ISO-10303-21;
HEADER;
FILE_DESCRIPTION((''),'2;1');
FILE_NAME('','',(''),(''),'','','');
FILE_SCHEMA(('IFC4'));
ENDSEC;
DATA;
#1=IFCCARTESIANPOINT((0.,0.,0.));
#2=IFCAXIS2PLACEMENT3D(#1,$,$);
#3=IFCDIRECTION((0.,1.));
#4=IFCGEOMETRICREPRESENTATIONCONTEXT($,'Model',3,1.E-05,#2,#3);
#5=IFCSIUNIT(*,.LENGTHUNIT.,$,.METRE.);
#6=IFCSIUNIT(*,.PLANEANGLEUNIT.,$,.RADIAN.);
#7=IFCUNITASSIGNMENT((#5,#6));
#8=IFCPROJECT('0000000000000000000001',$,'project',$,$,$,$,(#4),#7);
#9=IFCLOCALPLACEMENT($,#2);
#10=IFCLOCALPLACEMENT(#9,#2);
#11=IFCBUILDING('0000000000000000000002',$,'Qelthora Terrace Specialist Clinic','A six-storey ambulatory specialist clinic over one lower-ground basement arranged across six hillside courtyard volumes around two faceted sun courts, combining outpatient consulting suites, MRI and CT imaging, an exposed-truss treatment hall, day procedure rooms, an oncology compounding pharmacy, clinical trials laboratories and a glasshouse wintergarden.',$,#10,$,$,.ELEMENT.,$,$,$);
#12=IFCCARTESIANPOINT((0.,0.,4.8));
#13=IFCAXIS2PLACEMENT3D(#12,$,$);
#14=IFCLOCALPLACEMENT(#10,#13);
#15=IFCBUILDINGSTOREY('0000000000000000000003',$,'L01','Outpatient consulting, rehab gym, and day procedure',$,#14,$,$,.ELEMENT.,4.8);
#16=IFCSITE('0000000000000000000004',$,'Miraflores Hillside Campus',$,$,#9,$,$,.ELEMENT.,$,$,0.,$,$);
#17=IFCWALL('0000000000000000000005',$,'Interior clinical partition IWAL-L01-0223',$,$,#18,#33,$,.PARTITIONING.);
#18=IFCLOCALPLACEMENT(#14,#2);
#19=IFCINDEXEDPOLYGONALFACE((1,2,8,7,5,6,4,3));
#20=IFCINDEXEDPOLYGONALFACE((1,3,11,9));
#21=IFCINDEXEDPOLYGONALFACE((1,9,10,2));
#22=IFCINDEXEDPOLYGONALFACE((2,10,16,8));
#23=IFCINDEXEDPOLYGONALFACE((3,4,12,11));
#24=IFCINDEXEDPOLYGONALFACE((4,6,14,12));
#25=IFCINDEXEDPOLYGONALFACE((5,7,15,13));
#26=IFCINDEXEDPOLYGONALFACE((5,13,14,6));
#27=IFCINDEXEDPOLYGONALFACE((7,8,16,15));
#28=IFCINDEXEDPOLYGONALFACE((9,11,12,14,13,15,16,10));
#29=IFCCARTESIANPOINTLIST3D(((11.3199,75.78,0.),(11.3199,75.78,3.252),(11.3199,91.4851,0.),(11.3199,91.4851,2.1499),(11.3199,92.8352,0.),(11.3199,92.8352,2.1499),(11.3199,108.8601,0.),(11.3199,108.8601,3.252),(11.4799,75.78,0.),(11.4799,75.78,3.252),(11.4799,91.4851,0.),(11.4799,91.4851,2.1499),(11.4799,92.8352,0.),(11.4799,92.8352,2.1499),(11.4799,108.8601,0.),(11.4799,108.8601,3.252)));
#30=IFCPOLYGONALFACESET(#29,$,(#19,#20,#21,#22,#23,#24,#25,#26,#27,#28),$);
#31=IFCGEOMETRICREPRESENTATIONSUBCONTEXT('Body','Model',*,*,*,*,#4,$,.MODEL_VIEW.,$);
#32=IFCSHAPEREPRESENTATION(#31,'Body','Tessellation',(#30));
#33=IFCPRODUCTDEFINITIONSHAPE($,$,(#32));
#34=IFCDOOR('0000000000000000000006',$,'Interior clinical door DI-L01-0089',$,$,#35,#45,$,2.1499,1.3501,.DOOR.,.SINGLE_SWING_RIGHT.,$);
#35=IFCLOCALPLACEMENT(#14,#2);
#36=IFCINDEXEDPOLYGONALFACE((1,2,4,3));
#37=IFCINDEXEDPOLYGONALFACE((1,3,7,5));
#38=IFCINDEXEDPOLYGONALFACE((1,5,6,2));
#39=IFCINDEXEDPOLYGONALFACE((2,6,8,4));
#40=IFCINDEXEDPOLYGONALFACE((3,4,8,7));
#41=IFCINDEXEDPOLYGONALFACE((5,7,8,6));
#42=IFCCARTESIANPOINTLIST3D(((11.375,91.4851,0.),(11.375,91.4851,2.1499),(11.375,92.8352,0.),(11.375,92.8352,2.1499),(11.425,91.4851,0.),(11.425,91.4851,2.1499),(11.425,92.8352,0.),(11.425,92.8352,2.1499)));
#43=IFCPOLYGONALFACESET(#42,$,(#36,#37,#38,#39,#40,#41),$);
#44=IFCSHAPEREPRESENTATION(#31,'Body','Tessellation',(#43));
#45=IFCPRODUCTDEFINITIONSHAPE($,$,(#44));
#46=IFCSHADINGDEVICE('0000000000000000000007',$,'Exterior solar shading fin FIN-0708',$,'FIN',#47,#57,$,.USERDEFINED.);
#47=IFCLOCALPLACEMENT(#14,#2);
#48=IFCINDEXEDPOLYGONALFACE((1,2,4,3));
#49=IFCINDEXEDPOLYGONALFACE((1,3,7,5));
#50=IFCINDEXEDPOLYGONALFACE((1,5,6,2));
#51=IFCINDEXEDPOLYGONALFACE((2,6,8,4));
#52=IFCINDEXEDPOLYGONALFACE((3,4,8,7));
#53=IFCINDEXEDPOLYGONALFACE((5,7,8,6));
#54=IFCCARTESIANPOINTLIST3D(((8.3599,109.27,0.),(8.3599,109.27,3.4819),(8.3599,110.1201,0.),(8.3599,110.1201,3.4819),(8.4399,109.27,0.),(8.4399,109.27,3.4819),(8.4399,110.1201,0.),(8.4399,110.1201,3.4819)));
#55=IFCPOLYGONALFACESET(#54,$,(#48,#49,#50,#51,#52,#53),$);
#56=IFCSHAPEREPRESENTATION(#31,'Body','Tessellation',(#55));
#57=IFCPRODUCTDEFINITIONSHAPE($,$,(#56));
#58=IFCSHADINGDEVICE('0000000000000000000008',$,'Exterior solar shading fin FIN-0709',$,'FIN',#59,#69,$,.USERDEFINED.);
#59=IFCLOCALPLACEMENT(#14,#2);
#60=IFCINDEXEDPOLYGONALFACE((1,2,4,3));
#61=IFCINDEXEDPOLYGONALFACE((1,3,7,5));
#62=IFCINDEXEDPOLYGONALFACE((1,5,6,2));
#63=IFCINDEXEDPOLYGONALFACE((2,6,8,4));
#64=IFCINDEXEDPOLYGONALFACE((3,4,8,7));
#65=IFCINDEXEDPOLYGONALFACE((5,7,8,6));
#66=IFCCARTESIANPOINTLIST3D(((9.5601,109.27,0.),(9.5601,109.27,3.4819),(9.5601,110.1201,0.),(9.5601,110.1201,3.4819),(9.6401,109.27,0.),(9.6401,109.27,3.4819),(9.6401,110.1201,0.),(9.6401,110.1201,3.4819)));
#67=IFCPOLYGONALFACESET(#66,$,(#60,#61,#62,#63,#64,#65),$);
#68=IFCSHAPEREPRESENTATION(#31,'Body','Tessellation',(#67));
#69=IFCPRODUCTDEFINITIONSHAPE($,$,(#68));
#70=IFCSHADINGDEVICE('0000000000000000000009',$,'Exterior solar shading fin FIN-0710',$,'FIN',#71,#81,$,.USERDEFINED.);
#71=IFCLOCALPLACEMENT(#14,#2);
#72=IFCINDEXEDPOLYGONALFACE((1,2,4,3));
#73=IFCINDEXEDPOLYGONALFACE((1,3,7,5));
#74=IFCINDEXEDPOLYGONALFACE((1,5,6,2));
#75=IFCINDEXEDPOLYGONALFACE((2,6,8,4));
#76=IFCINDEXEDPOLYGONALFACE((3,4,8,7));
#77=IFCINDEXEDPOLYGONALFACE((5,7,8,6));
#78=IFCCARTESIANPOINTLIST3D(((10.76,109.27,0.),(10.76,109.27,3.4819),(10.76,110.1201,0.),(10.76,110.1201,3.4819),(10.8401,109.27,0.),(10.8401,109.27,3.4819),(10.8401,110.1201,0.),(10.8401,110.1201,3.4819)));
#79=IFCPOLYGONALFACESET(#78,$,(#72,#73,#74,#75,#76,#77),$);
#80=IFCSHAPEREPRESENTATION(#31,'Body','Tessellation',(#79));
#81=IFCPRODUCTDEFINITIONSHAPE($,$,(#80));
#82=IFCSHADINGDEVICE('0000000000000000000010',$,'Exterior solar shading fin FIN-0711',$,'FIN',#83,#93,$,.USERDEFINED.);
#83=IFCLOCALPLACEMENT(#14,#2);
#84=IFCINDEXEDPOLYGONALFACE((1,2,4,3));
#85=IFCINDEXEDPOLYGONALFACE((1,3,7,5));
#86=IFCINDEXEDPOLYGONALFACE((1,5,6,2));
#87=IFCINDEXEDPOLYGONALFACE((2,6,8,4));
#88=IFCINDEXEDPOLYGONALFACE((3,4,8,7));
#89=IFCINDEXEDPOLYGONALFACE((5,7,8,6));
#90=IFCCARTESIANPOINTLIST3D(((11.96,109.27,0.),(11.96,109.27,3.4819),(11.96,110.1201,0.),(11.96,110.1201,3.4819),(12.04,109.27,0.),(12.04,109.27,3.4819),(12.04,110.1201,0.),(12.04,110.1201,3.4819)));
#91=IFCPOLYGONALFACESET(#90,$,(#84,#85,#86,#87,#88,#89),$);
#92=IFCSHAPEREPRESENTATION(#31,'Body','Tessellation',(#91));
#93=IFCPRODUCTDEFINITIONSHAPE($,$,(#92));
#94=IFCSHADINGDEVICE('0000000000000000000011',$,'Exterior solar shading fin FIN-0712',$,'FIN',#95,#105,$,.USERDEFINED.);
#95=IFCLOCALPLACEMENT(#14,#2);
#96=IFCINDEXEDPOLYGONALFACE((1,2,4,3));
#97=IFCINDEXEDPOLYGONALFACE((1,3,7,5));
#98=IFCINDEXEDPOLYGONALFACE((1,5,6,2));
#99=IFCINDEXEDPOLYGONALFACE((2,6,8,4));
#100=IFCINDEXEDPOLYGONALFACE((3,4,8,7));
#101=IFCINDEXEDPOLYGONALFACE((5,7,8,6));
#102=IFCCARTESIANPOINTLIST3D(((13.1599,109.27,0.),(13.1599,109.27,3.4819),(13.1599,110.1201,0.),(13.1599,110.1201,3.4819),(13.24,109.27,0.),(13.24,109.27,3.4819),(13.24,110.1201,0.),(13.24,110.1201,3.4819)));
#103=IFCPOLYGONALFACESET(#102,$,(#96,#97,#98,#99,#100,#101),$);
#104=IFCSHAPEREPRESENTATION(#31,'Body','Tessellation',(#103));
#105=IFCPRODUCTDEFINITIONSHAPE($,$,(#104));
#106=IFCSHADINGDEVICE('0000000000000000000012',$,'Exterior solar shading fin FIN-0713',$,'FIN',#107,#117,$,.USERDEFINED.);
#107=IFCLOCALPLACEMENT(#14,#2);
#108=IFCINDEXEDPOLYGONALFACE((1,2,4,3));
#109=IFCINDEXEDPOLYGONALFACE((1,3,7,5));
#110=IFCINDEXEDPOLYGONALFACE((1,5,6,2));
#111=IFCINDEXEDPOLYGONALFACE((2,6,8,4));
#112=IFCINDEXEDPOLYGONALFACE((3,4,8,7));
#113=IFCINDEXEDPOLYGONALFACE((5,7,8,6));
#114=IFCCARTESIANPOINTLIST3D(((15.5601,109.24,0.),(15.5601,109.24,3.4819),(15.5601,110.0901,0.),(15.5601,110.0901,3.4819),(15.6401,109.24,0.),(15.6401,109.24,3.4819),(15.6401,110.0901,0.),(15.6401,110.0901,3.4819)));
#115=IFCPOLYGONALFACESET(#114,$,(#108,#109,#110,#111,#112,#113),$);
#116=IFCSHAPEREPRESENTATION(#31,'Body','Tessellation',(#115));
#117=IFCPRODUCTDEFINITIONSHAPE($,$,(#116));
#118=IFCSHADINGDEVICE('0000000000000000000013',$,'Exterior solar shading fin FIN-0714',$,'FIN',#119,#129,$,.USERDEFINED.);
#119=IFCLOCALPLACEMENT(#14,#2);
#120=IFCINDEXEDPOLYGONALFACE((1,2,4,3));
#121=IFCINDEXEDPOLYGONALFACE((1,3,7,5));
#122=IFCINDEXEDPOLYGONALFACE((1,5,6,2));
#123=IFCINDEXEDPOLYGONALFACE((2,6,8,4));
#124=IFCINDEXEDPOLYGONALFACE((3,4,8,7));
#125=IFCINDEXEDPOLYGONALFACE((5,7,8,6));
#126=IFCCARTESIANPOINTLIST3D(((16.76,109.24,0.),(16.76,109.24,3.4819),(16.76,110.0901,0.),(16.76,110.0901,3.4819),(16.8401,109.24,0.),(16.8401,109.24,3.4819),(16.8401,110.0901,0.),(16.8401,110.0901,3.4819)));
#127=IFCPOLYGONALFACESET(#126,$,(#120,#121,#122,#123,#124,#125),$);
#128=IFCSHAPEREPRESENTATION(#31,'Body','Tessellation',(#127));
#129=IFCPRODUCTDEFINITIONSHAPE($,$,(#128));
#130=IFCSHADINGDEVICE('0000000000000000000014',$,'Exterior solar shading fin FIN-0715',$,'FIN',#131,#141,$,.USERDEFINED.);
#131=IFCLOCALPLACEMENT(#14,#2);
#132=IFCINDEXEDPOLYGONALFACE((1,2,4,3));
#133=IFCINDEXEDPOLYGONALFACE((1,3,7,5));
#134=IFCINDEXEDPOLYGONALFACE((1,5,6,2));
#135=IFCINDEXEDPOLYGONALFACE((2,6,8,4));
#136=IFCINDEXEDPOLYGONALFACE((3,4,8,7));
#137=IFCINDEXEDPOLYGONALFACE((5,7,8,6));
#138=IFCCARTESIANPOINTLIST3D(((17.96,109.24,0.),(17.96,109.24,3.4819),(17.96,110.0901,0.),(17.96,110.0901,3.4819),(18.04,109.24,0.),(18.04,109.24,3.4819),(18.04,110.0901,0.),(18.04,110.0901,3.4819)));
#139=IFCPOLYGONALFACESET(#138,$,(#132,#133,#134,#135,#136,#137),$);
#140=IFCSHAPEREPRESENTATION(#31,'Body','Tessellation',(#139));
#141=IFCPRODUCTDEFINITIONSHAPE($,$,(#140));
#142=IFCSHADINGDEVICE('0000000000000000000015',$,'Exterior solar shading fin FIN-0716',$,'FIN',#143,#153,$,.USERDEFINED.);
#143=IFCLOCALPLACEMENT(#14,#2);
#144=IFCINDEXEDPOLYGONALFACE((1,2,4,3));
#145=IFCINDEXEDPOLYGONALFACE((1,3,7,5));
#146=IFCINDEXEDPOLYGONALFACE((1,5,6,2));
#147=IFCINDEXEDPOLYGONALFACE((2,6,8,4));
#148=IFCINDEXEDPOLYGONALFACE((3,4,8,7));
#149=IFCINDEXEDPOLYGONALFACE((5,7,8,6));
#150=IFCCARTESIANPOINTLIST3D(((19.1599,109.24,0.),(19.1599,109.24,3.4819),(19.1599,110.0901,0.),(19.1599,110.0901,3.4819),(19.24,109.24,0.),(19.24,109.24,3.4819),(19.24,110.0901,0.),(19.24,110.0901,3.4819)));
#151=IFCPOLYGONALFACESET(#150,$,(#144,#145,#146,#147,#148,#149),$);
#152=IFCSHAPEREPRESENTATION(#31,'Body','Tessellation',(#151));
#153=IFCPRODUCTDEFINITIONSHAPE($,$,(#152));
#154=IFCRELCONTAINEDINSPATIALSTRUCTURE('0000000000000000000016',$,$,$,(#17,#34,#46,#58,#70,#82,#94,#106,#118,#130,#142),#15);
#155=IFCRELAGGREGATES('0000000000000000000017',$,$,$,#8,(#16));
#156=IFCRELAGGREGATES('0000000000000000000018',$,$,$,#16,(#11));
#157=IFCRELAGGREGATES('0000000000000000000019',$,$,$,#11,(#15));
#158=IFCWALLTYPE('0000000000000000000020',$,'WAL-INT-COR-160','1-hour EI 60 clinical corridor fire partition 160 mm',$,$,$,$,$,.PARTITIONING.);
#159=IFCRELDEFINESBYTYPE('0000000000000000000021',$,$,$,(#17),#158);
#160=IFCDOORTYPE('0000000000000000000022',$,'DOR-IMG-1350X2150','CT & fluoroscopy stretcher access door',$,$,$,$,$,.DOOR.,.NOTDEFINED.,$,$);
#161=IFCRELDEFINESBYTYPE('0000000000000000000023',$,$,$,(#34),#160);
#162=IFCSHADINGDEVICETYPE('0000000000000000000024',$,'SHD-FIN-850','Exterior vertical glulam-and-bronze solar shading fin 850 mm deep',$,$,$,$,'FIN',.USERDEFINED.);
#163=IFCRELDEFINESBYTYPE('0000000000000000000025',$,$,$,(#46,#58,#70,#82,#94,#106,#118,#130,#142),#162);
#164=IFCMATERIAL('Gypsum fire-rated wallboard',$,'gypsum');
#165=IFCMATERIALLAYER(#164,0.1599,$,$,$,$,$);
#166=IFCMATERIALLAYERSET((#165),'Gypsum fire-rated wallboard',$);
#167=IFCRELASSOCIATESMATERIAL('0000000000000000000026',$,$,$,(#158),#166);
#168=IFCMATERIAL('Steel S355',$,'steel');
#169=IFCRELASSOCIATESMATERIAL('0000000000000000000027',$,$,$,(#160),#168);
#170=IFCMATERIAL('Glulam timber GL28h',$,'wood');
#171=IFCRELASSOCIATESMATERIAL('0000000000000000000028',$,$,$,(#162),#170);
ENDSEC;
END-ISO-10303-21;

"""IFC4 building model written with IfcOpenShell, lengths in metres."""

from ifc_helpers import new_model, si_unit, direction, frame, frame_2d, origin, origin_2d, place, context, subcontext, project, spatial, rectangle, extrude, material, layer, layer_set, type_object, element, fill, save


model = new_model("IFC4")

# Units and contexts
model_context = context("Model", 3, precision=1e-05, world=origin(), true_north=direction((0.0, 1.0)))
body_context = subcontext(model_context, "Body", "Model", "MODEL_VIEW")
ifc_project = project(units=[si_unit("LENGTHUNIT", "METRE"), si_unit("PLANEANGLEUNIT", "RADIAN")], contexts=[model_context])

# Site, building, storey
site_placement = place(None, origin())
site = spatial("IfcSite", under=ifc_project, at=site_placement, Name="Miraflores Hillside Campus", CompositionType="ELEMENT", RefElevation=0.0)
building_placement = place(site_placement, origin())
building = spatial("IfcBuilding", under=site, at=building_placement, Name="Qelthora Terrace Specialist Clinic", Description="A six-storey ambulatory specialist clinic over one lower-ground basement arranged across six hillside courtyard volumes around two faceted sun courts, combining outpatient consulting suites, MRI and CT imaging, an exposed-truss treatment hall, day procedure rooms, an oncology compounding pharmacy, clinical trials laboratories and a glasshouse wintergarden.", CompositionType="ELEMENT")
storey_placement = place(building_placement, frame((0.0, 0.0, 4.8)))
storey = spatial("IfcBuildingStorey", under=building, at=storey_placement, Name="L01", Description="Outpatient consulting, rehab gym, and day procedure", CompositionType="ELEMENT", Elevation=4.8)

# Shared definitions
ifc_material_1 = material(Name="Steel S355", Category="steel")

# Wall, opening, door
ifc_material_2 = material(Name="Gypsum fire-rated wallboard", Category="gypsum")
ifc_layer_1 = layer(ifc_material_2, 0.1599)
ifc_layer_set_1 = layer_set([ifc_layer_1], Name="Gypsum fire-rated wallboard")
wall_type_1 = type_object("IfcWallType", Name="WAL-INT-COR-160", Description="1-hour EI 60 clinical corridor fire partition 160 mm", PredefinedType="PARTITIONING", material=ifc_layer_set_1)
wall_1_placement = place(storey_placement, frame((11.3999, 108.8601, 0.0), z_axis=(0.0, 0.0, 1.0), x_axis=(0.0, -1.0, 0.0)))
wall_1 = element("IfcWall", 1, at=wall_1_placement, inside=storey, type_object=wall_type_1, Name="Interior clinical partition IWAL-L01-0223", PredefinedType="PARTITIONING", context=body_context, shape_type="SweptSolid", body=[
    extrude(rectangle(XDim=33.0801, YDim=0.1599, at=frame_2d((16.54, 0.0))), origin(), (0.0, 0.0, 1.0), 3.252),
])
opening_1_placement = place(wall_1_placement, frame((16.0249, 0.0, 0.0)))
opening_1 = element("IfcOpeningElement", 2, at=opening_1_placement, cuts=wall_1, PredefinedType="OPENING", context=body_context, shape_type="SweptSolid", body=[
    extrude(rectangle(XDim=1.3501, YDim=2.1499, at=frame_2d((0.675, 1.075))), frame((0.0, 0.0898, 0.0), z_axis=(0.0, -1.0, 0.0), x_axis=(1.0, 0.0, 0.0)), (0.0, 0.0, 1.0), 0.1799),
])
door_type_1 = type_object("IfcDoorType", Name="DOR-IMG-1350X2150", Description="CT & fluoroscopy stretcher access door", OperationType="NOTDEFINED", PredefinedType="DOOR", material=ifc_material_1)
door_1_placement = place(opening_1_placement, frame((1.3501, 0.0, 0.0), z_axis=(0.0, 0.0, 1.0), x_axis=(-1.0, 0.0, 0.0)))
door_1 = element("IfcDoor", 3, at=door_1_placement, inside=storey, type_object=door_type_1, Name="Interior clinical door DI-L01-0089", OperationType="SINGLE_SWING_RIGHT", OverallHeight=2.1499, OverallWidth=1.3501, PredefinedType="DOOR", context=body_context, shape_type="SweptSolid", body=[
    extrude(rectangle(XDim=1.3501, YDim=2.1499, at=frame_2d((0.675, 1.075))), frame((0.0, 0.0249, 0.0), z_axis=(0.0, -1.0, 0.0), x_axis=(1.0, 0.0, 0.0)), (0.0, 0.0, 1.0), 0.05),
])
fill(opening_1, door_1)

# Shading devices
ifc_material_3 = material(Name="Glulam timber GL28h", Category="wood")
shading_device_type = type_object("IfcShadingDeviceType", Name="SHD-FIN-850", Description="Exterior vertical glulam-and-bronze solar shading fin 850 mm deep", ElementType="FIN", PredefinedType="USERDEFINED", material=ifc_material_3)
for number, where, z_axis, x_axis, name in (
    (4, (8.3999, 109.6951, 0.0), (0.0, 0.0, 1.0), (0.0, 1.0, 0.0), "Exterior solar shading fin FIN-0708"),
    (5, (9.6001, 109.6951, 0.0), (0.0, 0.0, 1.0), (0.0, 1.0, 0.0), "Exterior solar shading fin FIN-0709"),
    (6, (10.8, 109.6951, 0.0), (0.0, 0.0, 1.0), (0.0, 1.0, 0.0), "Exterior solar shading fin FIN-0710"),
    (7, (12.0, 109.6951, 0.0), (0.0, 0.0, 1.0), (0.0, 1.0, 0.0), "Exterior solar shading fin FIN-0711"),
    (8, (13.2, 109.6951, 0.0), (0.0, 0.0, 1.0), (0.0, 1.0, 0.0), "Exterior solar shading fin FIN-0712"),
    (9, (15.6001, 109.665, 0.0), (0.0, 0.0, 1.0), (0.0, 1.0, 0.0), "Exterior solar shading fin FIN-0713"),
    (10, (16.8, 109.665, 0.0), (0.0, 0.0, 1.0), (0.0, 1.0, 0.0), "Exterior solar shading fin FIN-0714"),
    (11, (18.0, 109.665, 0.0), (0.0, 0.0, 1.0), (0.0, 1.0, 0.0), "Exterior solar shading fin FIN-0715"),
    (12, (19.2, 109.665, 0.0), (0.0, 0.0, 1.0), (0.0, 1.0, 0.0), "Exterior solar shading fin FIN-0716"),
):
    element("IfcShadingDevice", number, at=place(storey_placement, frame(where, z_axis=z_axis, x_axis=x_axis)), inside=storey, type_object=shading_device_type, Name=name, ObjectType="FIN", PredefinedType="USERDEFINED", context=body_context, shape_type="SweptSolid", body=[
        extrude(rectangle(XDim=0.8501, YDim=0.0801, at=origin_2d()), origin(), (0.0, 0.0, 1.0), 3.4819),
    ])

save(model, "model.ifc")
